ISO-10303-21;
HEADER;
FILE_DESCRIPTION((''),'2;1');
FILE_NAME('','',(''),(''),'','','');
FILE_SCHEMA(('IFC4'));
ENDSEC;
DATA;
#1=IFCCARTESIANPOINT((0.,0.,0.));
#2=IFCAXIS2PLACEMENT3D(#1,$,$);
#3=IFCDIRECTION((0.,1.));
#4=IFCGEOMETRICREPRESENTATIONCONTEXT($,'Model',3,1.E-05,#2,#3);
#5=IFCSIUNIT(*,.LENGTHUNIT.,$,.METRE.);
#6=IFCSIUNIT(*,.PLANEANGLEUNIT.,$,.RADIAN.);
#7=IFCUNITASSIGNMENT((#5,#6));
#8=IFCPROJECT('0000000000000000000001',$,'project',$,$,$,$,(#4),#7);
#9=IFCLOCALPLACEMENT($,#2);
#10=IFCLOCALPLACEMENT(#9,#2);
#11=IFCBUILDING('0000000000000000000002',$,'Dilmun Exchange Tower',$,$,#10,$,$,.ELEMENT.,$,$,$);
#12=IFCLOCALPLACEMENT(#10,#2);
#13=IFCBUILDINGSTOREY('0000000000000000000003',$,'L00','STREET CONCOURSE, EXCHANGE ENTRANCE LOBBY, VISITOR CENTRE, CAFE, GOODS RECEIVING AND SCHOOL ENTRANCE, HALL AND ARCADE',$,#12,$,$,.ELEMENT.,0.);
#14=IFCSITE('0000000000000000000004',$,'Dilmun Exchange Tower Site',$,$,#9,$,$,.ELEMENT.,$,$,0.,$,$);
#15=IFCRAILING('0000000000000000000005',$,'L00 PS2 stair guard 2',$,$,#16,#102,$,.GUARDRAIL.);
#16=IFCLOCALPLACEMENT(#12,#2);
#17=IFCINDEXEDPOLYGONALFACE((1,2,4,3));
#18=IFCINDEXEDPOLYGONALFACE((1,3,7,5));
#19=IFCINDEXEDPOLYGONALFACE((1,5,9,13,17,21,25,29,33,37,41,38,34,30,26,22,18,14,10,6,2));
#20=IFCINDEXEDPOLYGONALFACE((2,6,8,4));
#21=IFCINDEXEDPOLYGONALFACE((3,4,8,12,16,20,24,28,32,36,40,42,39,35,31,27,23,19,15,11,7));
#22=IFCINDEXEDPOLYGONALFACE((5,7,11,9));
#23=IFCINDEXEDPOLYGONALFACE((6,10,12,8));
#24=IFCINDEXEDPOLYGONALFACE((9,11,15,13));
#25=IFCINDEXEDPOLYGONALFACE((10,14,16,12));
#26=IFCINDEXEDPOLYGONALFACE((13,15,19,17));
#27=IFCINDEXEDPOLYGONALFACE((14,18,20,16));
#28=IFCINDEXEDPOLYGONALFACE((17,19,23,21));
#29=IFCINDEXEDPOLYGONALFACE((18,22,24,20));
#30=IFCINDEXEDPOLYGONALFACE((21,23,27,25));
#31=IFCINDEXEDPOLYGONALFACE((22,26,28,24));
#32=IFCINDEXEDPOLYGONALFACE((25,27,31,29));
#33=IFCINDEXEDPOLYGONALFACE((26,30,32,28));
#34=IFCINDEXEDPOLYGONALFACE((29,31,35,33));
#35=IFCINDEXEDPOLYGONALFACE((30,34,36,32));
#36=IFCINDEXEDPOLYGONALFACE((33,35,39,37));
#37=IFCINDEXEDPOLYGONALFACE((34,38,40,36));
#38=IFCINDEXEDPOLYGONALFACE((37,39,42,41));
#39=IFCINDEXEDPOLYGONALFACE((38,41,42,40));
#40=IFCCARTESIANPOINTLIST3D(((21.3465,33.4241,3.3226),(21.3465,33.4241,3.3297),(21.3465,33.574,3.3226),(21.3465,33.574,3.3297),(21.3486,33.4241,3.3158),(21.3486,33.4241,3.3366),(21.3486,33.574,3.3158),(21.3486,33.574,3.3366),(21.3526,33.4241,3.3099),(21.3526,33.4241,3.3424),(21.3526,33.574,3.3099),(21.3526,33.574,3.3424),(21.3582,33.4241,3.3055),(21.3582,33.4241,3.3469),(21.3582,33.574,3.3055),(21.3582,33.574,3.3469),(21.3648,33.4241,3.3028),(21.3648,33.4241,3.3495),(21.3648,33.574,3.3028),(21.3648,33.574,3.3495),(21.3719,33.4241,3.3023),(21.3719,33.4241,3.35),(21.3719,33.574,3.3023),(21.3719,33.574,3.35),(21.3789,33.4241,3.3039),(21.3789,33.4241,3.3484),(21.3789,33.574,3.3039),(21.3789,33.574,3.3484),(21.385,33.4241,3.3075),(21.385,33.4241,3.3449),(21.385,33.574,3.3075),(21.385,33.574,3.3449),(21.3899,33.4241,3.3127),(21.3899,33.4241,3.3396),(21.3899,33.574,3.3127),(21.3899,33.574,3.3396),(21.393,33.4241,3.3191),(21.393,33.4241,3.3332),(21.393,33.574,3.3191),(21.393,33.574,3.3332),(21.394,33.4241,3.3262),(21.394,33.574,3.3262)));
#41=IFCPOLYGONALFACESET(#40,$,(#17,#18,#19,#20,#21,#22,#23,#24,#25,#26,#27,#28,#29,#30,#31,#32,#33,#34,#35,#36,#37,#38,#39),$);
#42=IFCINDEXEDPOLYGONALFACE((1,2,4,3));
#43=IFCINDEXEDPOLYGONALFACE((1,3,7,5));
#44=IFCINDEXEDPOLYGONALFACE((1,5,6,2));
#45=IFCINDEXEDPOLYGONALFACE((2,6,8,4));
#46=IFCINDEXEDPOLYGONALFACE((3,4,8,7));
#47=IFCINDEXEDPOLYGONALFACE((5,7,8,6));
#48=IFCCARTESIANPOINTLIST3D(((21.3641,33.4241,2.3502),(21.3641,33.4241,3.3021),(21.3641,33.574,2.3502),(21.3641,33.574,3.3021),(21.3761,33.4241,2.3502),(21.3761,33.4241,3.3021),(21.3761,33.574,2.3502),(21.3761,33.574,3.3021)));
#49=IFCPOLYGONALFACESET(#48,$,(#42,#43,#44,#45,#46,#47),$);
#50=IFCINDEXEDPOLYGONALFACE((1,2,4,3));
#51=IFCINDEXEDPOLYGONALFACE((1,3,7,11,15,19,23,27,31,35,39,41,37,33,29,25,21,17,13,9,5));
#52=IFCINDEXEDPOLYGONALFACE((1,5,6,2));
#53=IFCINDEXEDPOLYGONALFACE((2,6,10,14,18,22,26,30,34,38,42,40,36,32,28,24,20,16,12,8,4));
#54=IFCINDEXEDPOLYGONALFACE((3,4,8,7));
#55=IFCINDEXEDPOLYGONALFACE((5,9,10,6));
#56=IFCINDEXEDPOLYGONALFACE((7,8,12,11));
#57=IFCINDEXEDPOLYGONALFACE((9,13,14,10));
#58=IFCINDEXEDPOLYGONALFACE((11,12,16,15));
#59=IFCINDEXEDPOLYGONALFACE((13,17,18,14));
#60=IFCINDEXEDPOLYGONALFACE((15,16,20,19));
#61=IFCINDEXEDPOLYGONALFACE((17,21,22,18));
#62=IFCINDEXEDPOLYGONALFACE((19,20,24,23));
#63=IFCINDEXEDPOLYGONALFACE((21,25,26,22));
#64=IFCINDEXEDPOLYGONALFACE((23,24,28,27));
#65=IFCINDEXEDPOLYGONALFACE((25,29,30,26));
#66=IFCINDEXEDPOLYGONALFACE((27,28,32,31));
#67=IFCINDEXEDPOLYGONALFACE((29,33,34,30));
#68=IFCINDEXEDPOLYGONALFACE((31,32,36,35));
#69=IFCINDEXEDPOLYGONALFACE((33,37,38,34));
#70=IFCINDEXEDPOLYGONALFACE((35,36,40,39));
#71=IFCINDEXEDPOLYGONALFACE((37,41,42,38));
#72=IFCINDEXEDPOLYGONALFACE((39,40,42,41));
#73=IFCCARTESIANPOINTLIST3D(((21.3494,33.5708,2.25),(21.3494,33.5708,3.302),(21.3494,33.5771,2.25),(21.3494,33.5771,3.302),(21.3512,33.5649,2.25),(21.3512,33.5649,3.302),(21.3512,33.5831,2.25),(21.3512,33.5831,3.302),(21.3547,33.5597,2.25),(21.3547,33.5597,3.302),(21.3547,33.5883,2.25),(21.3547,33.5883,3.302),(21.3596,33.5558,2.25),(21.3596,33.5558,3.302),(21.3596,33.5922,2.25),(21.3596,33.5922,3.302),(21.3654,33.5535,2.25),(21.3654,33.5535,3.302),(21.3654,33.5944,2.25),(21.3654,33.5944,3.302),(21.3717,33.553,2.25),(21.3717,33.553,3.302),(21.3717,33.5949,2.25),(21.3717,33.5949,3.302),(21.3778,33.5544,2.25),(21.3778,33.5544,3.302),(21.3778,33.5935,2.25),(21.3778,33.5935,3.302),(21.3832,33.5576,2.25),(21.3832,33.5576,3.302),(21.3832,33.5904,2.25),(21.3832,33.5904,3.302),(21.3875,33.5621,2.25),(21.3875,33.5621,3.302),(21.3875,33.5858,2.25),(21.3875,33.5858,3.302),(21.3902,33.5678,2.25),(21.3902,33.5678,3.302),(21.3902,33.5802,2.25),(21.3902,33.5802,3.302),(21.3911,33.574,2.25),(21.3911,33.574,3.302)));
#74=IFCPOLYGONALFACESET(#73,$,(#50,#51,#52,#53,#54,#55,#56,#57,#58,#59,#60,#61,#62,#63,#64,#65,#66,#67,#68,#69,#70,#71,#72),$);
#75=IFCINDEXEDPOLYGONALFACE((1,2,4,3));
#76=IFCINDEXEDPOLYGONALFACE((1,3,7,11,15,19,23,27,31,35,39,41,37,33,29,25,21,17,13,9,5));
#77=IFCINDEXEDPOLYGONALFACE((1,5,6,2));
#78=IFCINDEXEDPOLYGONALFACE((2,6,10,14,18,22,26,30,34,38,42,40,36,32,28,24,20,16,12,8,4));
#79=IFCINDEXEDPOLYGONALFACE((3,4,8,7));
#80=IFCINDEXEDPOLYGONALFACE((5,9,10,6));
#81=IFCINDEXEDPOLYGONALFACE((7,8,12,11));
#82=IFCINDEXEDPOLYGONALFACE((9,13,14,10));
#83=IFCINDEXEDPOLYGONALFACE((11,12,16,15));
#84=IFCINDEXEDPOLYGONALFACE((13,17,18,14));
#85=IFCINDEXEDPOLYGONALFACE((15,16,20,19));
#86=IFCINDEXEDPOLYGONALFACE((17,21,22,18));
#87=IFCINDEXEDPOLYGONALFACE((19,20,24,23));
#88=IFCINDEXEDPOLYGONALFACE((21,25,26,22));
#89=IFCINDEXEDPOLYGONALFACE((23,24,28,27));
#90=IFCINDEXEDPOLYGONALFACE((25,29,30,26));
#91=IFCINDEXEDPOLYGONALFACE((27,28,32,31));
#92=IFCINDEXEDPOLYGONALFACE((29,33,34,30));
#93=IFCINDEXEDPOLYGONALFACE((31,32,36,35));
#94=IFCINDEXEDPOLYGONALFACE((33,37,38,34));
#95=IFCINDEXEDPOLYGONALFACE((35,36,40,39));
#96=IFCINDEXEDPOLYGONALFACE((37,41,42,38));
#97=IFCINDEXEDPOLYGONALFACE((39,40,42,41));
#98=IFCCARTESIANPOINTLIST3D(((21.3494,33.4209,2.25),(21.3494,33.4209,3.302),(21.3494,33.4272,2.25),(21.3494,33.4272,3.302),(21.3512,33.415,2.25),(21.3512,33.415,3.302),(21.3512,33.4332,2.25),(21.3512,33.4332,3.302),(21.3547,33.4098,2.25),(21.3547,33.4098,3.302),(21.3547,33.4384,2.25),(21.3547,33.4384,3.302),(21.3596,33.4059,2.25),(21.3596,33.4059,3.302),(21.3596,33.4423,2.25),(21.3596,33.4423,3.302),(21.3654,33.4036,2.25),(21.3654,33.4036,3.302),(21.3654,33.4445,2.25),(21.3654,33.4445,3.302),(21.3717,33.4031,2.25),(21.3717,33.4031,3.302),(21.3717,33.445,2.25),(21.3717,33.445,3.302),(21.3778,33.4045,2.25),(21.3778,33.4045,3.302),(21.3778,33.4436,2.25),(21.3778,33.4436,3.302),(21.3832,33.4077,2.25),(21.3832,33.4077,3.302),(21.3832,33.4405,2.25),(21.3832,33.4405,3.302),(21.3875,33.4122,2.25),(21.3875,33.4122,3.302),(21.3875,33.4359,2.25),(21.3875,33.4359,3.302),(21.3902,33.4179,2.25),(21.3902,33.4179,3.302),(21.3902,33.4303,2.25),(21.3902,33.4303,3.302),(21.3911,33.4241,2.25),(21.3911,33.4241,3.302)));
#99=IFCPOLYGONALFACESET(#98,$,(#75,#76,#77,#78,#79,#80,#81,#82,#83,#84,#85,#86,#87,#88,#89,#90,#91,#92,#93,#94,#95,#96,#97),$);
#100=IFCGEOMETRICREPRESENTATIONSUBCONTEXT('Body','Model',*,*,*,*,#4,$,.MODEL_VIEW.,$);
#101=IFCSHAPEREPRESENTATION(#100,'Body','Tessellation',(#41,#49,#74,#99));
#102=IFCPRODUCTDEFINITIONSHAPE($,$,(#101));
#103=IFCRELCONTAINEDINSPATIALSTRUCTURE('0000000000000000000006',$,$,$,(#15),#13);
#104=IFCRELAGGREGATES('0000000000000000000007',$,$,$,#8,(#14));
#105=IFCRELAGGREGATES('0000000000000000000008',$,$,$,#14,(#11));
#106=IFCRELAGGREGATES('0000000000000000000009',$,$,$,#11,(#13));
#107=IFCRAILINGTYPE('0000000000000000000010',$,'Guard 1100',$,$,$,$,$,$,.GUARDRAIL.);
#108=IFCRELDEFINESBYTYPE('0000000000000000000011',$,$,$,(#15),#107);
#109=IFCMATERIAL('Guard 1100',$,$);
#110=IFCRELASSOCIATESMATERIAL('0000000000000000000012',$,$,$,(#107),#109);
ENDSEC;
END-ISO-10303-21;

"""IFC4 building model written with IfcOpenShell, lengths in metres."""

from ifc_helpers import new_model, si_unit, direction, frame, origin, origin_2d, place, context, subcontext, project, spatial, rectangle, circle, extrude, material, type_object, element, save


model = new_model("IFC4")

# Units and contexts
model_context = context("Model", 3, precision=1e-05, world=origin(), true_north=direction((0.0, 1.0)))
body_context = subcontext(model_context, "Body", "Model", "MODEL_VIEW")
ifc_project = project(units=[si_unit("LENGTHUNIT", "METRE"), si_unit("PLANEANGLEUNIT", "RADIAN")], contexts=[model_context])

# Site, building, storey
site_placement = place(None, origin())
site = spatial("IfcSite", under=ifc_project, at=site_placement, Name="Dilmun Exchange Tower Site", CompositionType="ELEMENT", RefElevation=0.0)
building_placement = place(site_placement, origin())
building = spatial("IfcBuilding", under=site, at=building_placement, Name="Dilmun Exchange Tower", CompositionType="ELEMENT")
storey_placement = place(building_placement, origin())
storey = spatial("IfcBuildingStorey", under=building, at=storey_placement, Name="L00", Description="STREET CONCOURSE, EXCHANGE ENTRANCE LOBBY, VISITOR CENTRE, CAFE, GOODS RECEIVING AND SCHOOL ENTRANCE, HALL AND ARCADE", CompositionType="ELEMENT", Elevation=0.0)

# Railing
ifc_material_1 = material(Name="Guard 1100")
railing_type = type_object("IfcRailingType", Name="Guard 1100", PredefinedType="GUARDRAIL", material=ifc_material_1)
railing_placement = place(storey_placement, frame((21.3701, 33.574, 2.25)))
element("IfcRailing", 1, at=railing_placement, inside=storey, type_object=railing_type, Name="L00 PS2 stair guard 2", PredefinedType="GUARDRAIL", context=body_context, shape_type="SweptSolid", body=[
    extrude(circle(Radius=0.0239, at=origin_2d()), frame((0.0, 0.0, 1.0762), z_axis=(0.0, -1.0, 0.0), x_axis=(1.0, 0.0, 0.0)), (0.0, 0.0, 1.0), 0.1499),
    extrude(rectangle(XDim=0.012, YDim=0.9519, at=origin_2d()), frame((0.0, 0.0, 0.5762), z_axis=(0.0, -1.0, 0.0), x_axis=(1.0, 0.0, 0.0)), (0.0, 0.0, 1.0), 0.1499),
    extrude(circle(Radius=0.021, at=origin_2d()), origin(), (0.0, 0.0, 1.0), 1.052),
    extrude(circle(Radius=0.021, at=origin_2d()), frame((0.0, -0.1499, 0.0)), (0.0, 0.0, 1.0), 1.052),
])

save(model, "model.ifc")
